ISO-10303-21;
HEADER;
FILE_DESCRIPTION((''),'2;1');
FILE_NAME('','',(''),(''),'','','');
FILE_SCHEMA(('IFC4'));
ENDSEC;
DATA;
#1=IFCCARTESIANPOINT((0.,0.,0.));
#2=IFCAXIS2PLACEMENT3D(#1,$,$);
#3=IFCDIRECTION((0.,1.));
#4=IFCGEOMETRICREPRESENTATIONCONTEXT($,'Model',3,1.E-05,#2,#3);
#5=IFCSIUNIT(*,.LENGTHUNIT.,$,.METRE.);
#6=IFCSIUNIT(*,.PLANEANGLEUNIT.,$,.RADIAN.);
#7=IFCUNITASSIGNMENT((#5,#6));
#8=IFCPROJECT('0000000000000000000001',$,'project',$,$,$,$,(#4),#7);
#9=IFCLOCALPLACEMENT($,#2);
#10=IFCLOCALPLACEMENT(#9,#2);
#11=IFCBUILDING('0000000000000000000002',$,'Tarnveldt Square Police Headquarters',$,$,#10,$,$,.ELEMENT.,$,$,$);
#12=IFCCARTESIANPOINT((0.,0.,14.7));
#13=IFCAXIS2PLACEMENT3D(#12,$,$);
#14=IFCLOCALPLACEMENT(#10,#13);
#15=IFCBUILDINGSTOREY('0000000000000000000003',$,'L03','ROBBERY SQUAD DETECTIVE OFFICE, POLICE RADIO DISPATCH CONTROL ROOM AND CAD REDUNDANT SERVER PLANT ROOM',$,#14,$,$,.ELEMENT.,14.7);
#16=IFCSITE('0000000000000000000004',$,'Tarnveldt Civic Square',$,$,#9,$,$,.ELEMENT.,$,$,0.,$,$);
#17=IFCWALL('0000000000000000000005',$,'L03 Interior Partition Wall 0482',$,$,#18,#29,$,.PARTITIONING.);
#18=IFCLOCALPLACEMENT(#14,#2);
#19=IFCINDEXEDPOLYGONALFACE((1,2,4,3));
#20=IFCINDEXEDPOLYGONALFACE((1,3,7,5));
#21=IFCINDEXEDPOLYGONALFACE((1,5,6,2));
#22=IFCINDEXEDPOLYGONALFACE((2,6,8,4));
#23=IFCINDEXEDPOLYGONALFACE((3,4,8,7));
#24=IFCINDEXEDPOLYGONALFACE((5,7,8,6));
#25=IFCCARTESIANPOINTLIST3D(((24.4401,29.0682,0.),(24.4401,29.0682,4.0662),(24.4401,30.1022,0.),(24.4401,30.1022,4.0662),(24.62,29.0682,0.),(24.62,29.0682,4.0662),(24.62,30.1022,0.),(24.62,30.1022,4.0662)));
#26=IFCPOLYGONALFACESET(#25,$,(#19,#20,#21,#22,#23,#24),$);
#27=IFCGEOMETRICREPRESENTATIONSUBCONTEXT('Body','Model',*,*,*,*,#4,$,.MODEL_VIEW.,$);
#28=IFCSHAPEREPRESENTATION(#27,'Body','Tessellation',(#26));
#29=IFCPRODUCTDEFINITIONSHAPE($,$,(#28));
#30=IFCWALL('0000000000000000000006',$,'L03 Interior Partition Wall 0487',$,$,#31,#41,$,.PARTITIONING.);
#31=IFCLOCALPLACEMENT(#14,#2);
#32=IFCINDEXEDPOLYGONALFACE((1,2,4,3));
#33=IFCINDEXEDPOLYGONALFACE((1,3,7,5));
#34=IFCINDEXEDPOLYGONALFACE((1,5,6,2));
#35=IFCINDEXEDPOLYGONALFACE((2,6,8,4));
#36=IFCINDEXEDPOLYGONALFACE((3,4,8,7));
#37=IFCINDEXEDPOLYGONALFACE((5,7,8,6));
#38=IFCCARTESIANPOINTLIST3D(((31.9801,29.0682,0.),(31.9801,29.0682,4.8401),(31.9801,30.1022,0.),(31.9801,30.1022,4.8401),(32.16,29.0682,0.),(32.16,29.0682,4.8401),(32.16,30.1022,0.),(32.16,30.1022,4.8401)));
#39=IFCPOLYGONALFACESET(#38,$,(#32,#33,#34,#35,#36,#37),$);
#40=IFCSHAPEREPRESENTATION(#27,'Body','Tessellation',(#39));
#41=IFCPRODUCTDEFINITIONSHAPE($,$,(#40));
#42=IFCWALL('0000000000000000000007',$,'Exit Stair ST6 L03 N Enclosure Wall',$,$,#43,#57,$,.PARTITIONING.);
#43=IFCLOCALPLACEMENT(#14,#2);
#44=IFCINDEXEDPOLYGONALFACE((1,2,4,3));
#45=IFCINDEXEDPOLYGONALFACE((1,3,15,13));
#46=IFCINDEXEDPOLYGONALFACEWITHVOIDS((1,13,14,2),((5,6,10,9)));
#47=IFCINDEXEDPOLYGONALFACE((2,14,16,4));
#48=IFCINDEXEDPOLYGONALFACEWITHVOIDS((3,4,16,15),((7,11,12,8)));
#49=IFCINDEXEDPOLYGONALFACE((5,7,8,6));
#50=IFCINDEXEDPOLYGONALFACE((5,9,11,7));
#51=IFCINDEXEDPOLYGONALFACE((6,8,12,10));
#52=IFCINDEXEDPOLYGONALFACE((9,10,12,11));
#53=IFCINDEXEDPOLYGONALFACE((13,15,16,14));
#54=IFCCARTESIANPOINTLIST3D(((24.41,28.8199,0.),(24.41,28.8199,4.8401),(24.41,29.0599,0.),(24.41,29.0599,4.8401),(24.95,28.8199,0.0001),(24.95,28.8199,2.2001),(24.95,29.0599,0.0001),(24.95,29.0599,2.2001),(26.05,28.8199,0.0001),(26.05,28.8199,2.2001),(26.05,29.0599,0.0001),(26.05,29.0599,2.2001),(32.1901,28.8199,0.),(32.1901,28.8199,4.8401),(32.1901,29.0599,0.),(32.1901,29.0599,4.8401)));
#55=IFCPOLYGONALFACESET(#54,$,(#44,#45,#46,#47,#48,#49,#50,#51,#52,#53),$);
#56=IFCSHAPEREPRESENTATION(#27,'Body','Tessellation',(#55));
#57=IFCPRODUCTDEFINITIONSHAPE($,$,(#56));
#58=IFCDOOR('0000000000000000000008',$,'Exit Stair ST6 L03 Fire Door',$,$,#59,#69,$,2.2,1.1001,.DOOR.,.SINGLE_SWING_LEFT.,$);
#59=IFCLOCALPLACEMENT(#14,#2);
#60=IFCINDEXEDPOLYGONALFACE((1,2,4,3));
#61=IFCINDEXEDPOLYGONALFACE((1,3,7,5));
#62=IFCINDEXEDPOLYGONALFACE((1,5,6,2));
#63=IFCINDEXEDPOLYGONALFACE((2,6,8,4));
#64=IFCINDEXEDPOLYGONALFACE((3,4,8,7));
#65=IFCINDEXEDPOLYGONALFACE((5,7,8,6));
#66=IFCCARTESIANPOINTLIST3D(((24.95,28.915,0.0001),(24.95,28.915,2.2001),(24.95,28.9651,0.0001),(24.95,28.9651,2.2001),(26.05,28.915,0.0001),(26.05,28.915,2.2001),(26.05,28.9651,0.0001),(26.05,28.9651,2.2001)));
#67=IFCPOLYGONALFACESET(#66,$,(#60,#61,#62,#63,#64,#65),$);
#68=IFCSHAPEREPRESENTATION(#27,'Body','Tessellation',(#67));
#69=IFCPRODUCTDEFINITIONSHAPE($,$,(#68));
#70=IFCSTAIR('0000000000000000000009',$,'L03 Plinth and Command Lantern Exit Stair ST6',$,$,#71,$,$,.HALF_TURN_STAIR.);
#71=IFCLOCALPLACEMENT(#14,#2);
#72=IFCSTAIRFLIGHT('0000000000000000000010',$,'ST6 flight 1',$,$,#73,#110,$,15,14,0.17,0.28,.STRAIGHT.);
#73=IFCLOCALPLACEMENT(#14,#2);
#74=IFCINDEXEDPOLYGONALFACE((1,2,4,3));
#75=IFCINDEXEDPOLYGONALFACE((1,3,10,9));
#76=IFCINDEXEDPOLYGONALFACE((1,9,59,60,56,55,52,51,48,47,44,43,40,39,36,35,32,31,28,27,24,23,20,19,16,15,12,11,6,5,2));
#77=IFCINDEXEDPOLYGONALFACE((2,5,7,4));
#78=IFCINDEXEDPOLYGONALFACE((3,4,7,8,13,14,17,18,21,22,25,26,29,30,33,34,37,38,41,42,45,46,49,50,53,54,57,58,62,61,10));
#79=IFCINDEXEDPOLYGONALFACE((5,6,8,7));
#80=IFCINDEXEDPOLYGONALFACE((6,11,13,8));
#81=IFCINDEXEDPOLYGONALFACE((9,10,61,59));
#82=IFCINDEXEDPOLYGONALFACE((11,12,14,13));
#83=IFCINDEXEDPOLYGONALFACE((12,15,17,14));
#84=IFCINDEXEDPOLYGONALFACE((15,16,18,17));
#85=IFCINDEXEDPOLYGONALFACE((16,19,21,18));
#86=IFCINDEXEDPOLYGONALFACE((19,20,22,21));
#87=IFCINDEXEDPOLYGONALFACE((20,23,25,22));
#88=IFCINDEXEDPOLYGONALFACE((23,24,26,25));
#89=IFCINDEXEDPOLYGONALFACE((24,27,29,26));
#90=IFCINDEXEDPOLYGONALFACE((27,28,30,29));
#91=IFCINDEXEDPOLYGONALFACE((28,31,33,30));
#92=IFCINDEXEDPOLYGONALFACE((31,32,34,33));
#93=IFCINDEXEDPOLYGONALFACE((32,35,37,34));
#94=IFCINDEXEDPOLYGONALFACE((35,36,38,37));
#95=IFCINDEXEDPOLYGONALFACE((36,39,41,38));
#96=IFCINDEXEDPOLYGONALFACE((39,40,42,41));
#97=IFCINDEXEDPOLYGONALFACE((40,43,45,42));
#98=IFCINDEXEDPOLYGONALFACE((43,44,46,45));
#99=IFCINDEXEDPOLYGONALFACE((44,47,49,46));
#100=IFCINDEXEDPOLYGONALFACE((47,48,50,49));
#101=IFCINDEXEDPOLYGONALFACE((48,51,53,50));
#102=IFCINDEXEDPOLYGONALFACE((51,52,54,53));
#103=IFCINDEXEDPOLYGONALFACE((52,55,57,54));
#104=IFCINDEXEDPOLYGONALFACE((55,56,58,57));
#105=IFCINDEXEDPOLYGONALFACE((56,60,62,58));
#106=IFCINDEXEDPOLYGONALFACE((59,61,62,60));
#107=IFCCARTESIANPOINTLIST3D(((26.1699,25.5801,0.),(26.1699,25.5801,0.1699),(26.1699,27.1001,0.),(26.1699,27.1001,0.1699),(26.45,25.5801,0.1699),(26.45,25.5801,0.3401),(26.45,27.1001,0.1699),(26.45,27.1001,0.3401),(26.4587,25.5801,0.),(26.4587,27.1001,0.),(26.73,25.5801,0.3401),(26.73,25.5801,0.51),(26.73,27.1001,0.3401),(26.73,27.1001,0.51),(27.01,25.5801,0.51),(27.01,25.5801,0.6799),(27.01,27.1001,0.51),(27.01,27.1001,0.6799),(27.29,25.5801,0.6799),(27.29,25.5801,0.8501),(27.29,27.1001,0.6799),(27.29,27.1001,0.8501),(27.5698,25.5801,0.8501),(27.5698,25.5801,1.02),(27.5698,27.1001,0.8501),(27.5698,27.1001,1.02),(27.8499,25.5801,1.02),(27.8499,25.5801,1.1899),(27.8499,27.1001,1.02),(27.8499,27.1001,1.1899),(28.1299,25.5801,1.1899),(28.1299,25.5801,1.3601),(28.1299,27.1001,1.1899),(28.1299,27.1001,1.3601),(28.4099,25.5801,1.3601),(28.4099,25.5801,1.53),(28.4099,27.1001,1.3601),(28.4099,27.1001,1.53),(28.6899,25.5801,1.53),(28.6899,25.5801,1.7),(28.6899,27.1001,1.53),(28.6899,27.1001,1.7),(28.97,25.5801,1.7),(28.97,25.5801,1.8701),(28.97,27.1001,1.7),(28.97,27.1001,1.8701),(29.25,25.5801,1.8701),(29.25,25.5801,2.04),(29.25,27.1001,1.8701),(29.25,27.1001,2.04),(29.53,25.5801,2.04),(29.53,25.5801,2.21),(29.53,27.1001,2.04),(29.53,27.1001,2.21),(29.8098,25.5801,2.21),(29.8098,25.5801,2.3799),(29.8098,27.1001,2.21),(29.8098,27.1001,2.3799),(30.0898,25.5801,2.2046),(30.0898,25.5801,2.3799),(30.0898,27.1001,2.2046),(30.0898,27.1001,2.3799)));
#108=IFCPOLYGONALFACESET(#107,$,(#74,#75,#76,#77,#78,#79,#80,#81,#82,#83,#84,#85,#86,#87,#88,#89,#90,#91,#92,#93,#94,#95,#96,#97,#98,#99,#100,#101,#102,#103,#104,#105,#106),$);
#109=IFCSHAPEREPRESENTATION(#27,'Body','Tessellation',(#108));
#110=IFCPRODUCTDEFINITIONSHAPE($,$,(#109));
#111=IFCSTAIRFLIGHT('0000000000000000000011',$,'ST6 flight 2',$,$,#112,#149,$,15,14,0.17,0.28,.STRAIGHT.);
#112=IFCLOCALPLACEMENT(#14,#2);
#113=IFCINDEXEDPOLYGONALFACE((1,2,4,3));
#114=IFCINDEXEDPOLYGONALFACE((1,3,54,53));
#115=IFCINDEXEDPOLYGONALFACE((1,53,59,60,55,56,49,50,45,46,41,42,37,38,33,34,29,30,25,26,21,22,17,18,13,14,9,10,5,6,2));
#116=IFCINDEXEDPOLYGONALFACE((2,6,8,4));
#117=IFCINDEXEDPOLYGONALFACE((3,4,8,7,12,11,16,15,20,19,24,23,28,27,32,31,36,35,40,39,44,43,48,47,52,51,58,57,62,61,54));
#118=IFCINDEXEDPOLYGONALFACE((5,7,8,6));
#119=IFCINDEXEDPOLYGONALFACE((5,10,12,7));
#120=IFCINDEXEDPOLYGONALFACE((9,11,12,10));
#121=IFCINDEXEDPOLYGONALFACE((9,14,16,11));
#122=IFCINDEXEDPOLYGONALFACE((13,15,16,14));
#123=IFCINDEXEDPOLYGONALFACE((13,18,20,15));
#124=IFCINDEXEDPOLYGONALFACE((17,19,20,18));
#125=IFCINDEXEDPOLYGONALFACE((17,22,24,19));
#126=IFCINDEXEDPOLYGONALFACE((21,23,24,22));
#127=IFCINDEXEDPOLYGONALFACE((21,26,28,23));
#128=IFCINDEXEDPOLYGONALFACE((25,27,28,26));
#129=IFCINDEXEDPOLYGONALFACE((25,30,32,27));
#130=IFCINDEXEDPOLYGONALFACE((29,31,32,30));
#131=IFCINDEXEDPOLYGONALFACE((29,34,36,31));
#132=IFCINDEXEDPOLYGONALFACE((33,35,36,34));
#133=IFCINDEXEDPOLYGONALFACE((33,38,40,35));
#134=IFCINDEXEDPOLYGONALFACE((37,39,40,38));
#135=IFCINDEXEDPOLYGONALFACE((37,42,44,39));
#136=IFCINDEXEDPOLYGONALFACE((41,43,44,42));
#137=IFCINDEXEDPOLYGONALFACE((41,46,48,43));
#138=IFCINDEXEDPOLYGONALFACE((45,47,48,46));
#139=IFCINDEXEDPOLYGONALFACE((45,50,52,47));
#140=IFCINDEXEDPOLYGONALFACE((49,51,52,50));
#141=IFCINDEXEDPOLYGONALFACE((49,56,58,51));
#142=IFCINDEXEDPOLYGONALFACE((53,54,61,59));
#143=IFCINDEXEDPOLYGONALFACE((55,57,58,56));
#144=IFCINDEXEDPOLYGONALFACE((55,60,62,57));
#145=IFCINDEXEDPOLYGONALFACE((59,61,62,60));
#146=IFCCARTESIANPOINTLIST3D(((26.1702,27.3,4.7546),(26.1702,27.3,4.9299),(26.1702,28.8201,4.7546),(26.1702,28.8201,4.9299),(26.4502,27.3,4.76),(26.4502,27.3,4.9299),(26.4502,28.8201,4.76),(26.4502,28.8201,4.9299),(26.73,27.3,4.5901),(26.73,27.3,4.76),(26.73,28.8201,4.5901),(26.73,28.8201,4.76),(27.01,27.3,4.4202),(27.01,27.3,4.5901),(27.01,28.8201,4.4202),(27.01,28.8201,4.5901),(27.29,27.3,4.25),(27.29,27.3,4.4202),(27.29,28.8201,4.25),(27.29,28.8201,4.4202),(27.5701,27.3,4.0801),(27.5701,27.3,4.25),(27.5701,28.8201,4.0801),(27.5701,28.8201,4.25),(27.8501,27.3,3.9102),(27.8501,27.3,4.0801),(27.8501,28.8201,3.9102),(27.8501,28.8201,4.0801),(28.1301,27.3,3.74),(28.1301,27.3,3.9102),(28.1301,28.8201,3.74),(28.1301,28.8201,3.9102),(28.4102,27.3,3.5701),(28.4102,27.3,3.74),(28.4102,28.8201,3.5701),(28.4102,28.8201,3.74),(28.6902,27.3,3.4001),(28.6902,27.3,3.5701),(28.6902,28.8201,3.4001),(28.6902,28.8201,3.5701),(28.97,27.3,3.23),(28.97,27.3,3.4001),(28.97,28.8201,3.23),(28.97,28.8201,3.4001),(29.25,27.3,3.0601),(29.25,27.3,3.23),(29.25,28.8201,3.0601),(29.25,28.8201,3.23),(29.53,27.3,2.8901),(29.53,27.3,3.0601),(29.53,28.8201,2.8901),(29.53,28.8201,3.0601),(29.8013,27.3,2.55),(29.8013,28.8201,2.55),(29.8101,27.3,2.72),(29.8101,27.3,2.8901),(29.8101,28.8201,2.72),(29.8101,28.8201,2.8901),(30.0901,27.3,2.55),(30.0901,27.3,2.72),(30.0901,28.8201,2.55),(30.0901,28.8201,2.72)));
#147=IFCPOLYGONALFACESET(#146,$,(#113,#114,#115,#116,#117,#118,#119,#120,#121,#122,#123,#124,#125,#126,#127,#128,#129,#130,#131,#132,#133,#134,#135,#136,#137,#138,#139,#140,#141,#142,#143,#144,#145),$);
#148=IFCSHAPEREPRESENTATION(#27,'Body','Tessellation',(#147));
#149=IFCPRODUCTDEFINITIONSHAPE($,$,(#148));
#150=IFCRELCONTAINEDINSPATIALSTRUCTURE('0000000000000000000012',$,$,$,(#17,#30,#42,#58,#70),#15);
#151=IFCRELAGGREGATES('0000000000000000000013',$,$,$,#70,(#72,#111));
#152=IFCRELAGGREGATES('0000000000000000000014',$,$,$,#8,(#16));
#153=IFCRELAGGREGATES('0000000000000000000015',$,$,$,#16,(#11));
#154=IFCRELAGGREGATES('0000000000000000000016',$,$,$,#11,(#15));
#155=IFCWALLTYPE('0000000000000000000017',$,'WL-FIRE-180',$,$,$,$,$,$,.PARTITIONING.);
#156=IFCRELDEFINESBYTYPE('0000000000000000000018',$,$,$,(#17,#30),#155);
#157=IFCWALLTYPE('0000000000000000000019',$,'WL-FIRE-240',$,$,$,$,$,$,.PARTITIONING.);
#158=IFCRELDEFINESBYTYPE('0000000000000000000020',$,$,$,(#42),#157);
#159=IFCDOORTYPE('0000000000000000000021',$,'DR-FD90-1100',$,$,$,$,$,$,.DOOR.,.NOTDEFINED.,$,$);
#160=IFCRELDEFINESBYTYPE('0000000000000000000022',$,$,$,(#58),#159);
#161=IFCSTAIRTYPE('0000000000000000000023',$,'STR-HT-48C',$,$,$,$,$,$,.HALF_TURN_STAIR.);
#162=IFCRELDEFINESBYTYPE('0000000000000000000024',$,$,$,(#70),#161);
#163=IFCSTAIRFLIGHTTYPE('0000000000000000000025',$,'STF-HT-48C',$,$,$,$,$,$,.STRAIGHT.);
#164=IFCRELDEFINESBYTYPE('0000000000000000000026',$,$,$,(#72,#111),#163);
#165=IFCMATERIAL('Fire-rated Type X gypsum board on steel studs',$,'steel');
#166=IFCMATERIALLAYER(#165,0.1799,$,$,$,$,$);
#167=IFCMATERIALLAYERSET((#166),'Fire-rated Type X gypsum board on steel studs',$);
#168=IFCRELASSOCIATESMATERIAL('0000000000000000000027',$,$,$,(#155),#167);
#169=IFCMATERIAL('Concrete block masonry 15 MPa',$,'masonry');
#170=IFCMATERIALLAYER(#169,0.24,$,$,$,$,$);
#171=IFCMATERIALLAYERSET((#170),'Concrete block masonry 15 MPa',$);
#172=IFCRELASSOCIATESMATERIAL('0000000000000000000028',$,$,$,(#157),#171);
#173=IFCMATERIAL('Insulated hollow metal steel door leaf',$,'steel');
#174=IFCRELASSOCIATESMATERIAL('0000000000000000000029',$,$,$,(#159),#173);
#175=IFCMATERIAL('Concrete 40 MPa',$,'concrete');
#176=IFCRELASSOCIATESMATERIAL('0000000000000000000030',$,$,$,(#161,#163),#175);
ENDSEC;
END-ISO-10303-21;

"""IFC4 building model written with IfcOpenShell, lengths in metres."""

from ifc_helpers import new_model, si_unit, direction, frame, frame_2d, origin, place, context, subcontext, project, spatial, polyline, rectangle, outline, extrude, material, layer, layer_set, type_object, element, fill, aggregate, save


model = new_model("IFC4")

# Units and contexts
model_context = context("Model", 3, precision=1e-05, world=origin(), true_north=direction((0.0, 1.0)))
body_context = subcontext(model_context, "Body", "Model", "MODEL_VIEW")
ifc_project = project(units=[si_unit("LENGTHUNIT", "METRE"), si_unit("PLANEANGLEUNIT", "RADIAN")], contexts=[model_context])

# Site, building, storey
site_placement = place(None, origin())
site = spatial("IfcSite", under=ifc_project, at=site_placement, Name="Tarnveldt Civic Square", CompositionType="ELEMENT", RefElevation=0.0)
building_placement = place(site_placement, origin())
building = spatial("IfcBuilding", under=site, at=building_placement, Name="Tarnveldt Square Police Headquarters", CompositionType="ELEMENT")
storey_placement = place(building_placement, frame((0.0, 0.0, 14.7)))
storey = spatial("IfcBuildingStorey", under=building, at=storey_placement, Name="L03", Description="ROBBERY SQUAD DETECTIVE OFFICE, POLICE RADIO DISPATCH CONTROL ROOM AND CAD REDUNDANT SERVER PLANT ROOM", CompositionType="ELEMENT", Elevation=14.7)

# Shared definitions
ifc_material_1 = material(Name="Concrete 40 MPa", Category="concrete")

# Shared definitions
ifc_material_2 = material(Name="Fire-rated Type X gypsum board on steel studs", Category="steel")
ifc_layer_1 = layer(ifc_material_2, 0.1799)
ifc_layer_set_1 = layer_set([ifc_layer_1], Name="Fire-rated Type X gypsum board on steel studs")
wall_type_1 = type_object("IfcWallType", Name="WL-FIRE-180", PredefinedType="PARTITIONING", material=ifc_layer_set_1)
ifc_material_3 = material(Name="Insulated hollow metal steel door leaf", Category="steel")

# Walls
wall_1_placement = place(storey_placement, frame((24.53, 29.0681, 0.0), z_axis=(0.0, 0.0, 1.0), x_axis=(0.0, 1.0, 0.0)))
element("IfcWall", 1, at=wall_1_placement, inside=storey, type_object=wall_type_1, Name="L03 Interior Partition Wall 0482", PredefinedType="PARTITIONING", context=body_context, shape_type="SweptSolid", body=[
    extrude(rectangle(XDim=1.0339, YDim=0.1799, at=frame_2d((0.5171, 0.0))), origin(), (0.0, 0.0, 1.0), 4.0662),
])
wall_2_placement = place(storey_placement, frame((32.0701, 29.0681, 0.0), z_axis=(0.0, 0.0, 1.0), x_axis=(0.0, 1.0, 0.0)))
element("IfcWall", 2, at=wall_2_placement, inside=storey, type_object=wall_type_1, Name="L03 Interior Partition Wall 0487", PredefinedType="PARTITIONING", context=body_context, shape_type="SweptSolid", body=[
    extrude(rectangle(XDim=1.0339, YDim=0.1799, at=frame_2d((0.5171, 0.0))), origin(), (0.0, 0.0, 1.0), 4.8401),
])

# Wall, opening, door
ifc_material_4 = material(Name="Concrete block masonry 15 MPa", Category="masonry")
ifc_layer_2 = layer(ifc_material_4, 0.24)
ifc_layer_set_2 = layer_set([ifc_layer_2], Name="Concrete block masonry 15 MPa")
wall_type_2 = type_object("IfcWallType", Name="WL-FIRE-240", PredefinedType="PARTITIONING", material=ifc_layer_set_2)
wall_3_placement = place(storey_placement, frame((24.4099, 28.9399, 0.0), z_axis=(0.0, 0.0, 1.0), x_axis=(1.0, 0.0, 0.0)))
wall_3 = element("IfcWall", 3, at=wall_3_placement, inside=storey, type_object=wall_type_2, Name="Exit Stair ST6 L03 N Enclosure Wall", PredefinedType="PARTITIONING", context=body_context, shape_type="SweptSolid", body=[
    extrude(rectangle(XDim=7.78, YDim=0.24, at=frame_2d((3.8901, 0.0))), origin(), (0.0, 0.0, 1.0), 4.8401),
])
opening_1_placement = place(wall_3_placement, frame((0.54, 0.0, 0.0)))
opening_1 = element("IfcOpeningElement", 4, at=opening_1_placement, cuts=wall_3, PredefinedType="OPENING", context=body_context, shape_type="SweptSolid", body=[
    extrude(rectangle(XDim=1.1001, YDim=2.2, at=frame_2d((0.55, 1.1001))), frame((0.0, 0.1299, 0.0), z_axis=(0.0, -1.0, 0.0), x_axis=(1.0, 0.0, 0.0)), (0.0, 0.0, 1.0), 0.26),
])
door_type_1 = type_object("IfcDoorType", Name="DR-FD90-1100", OperationType="NOTDEFINED", PredefinedType="DOOR", material=ifc_material_3)
door_1_placement = place(opening_1_placement, frame((1.1001, 0.0, 0.0), z_axis=(0.0, 0.0, 1.0), x_axis=(-1.0, 0.0, 0.0)))
door_1 = element("IfcDoor", 5, at=door_1_placement, inside=storey, type_object=door_type_1, Name="Exit Stair ST6 L03 Fire Door", OperationType="SINGLE_SWING_LEFT", OverallHeight=2.2, OverallWidth=1.1001, PredefinedType="DOOR", context=body_context, shape_type="SweptSolid", body=[
    extrude(rectangle(XDim=1.1001, YDim=2.2, at=frame_2d((0.55, 1.1001))), frame((0.0, 0.0249, 0.0), z_axis=(0.0, -1.0, 0.0), x_axis=(1.0, 0.0, 0.0)), (0.0, 0.0, 1.0), 0.05),
])
fill(opening_1, door_1)

# Stair, stair flights
stair_type = type_object("IfcStairType", Name="STR-HT-48C", PredefinedType="HALF_TURN_STAIR", material=ifc_material_1)
stair_placement = place(storey_placement, origin())
stair = element("IfcStair", 6, at=stair_placement, inside=storey, type_object=stair_type, Name="L03 Plinth and Command Lantern Exit Stair ST6", PredefinedType="HALF_TURN_STAIR")
stair_flight_type = type_object("IfcStairFlightType", Name="STF-HT-48C", PredefinedType="STRAIGHT", material=ifc_material_1)
stair_flight_1_placement = place(storey_placement, frame((26.1699, 26.3401, 0.0), z_axis=(0.0, 0.0, 1.0), x_axis=(1.0, 0.0, 0.0)))
stair_flight_1 = element("IfcStairFlight", 7, at=stair_flight_1_placement, type_object=stair_flight_type, Name="ST6 flight 1", NumberOfRisers=15, NumberOfTreads=14, PredefinedType="STRAIGHT", RiserHeight=0.17, TreadLength=0.28, context=body_context, shape_type="SweptSolid", body=[
    extrude(outline(polyline([(0.0, 0.0), (0.0, 0.1699), (0.28, 0.1699), (0.28, 0.3401), (0.5601, 0.3401), (0.5601, 0.51), (0.8401, 0.51), (0.8401, 0.6799), (1.1201, 0.6799), (1.1201, 0.8501), (1.3999, 0.8501), (1.3999, 1.02), (1.6799, 1.02), (1.6799, 1.1899), (1.96, 1.1899), (1.96, 1.3601), (2.24, 1.3601), (2.24, 1.53), (2.52, 1.53), (2.52, 1.7), (2.8, 1.7), (2.8, 1.8701), (3.0801, 1.8701), (3.0801, 2.04), (3.3601, 2.04), (3.3601, 2.21), (3.6399, 2.21), (3.6399, 2.3799), (3.9199, 2.3799), (3.9199, 2.55), (3.9199, 2.2046), (0.2888, 0.0), (0.0, 0.0)])), frame((0.0, 0.76, 0.0), z_axis=(0.0, -1.0, 0.0), x_axis=(1.0, 0.0, 0.0)), (0.0, 0.0, 1.0), 1.52),
])
stair_flight_2_placement = place(storey_placement, frame((30.0901, 28.0601, 2.55), z_axis=(0.0, 0.0, 1.0), x_axis=(-1.0, 0.0, 0.0)))
stair_flight_2 = element("IfcStairFlight", 8, at=stair_flight_2_placement, type_object=stair_flight_type, Name="ST6 flight 2", NumberOfRisers=15, NumberOfTreads=14, PredefinedType="STRAIGHT", RiserHeight=0.17, TreadLength=0.28, context=body_context, shape_type="SweptSolid", body=[
    extrude(outline(polyline([(0.0, 0.0), (0.0, 0.1699), (0.28, 0.1699), (0.28, 0.3401), (0.5601, 0.3401), (0.5601, 0.51), (0.8401, 0.51), (0.8401, 0.6799), (1.1201, 0.6799), (1.1201, 0.8501), (1.3999, 0.8501), (1.3999, 1.02), (1.6799, 1.02), (1.6799, 1.1899), (1.96, 1.1899), (1.96, 1.3601), (2.24, 1.3601), (2.24, 1.53), (2.52, 1.53), (2.52, 1.7), (2.8, 1.7), (2.8, 1.8701), (3.0801, 1.8701), (3.0801, 2.04), (3.3601, 2.04), (3.3601, 2.21), (3.6399, 2.21), (3.6399, 2.3799), (3.9199, 2.3799), (3.9199, 2.55), (3.9199, 2.2046), (0.2888, 0.0), (0.0, 0.0)])), frame((0.0, 0.76, 0.0), z_axis=(0.0, -1.0, 0.0), x_axis=(1.0, 0.0, 0.0)), (0.0, 0.0, 1.0), 1.52),
])
aggregate(stair, [stair_flight_1, stair_flight_2])

save(model, "model.ifc")
